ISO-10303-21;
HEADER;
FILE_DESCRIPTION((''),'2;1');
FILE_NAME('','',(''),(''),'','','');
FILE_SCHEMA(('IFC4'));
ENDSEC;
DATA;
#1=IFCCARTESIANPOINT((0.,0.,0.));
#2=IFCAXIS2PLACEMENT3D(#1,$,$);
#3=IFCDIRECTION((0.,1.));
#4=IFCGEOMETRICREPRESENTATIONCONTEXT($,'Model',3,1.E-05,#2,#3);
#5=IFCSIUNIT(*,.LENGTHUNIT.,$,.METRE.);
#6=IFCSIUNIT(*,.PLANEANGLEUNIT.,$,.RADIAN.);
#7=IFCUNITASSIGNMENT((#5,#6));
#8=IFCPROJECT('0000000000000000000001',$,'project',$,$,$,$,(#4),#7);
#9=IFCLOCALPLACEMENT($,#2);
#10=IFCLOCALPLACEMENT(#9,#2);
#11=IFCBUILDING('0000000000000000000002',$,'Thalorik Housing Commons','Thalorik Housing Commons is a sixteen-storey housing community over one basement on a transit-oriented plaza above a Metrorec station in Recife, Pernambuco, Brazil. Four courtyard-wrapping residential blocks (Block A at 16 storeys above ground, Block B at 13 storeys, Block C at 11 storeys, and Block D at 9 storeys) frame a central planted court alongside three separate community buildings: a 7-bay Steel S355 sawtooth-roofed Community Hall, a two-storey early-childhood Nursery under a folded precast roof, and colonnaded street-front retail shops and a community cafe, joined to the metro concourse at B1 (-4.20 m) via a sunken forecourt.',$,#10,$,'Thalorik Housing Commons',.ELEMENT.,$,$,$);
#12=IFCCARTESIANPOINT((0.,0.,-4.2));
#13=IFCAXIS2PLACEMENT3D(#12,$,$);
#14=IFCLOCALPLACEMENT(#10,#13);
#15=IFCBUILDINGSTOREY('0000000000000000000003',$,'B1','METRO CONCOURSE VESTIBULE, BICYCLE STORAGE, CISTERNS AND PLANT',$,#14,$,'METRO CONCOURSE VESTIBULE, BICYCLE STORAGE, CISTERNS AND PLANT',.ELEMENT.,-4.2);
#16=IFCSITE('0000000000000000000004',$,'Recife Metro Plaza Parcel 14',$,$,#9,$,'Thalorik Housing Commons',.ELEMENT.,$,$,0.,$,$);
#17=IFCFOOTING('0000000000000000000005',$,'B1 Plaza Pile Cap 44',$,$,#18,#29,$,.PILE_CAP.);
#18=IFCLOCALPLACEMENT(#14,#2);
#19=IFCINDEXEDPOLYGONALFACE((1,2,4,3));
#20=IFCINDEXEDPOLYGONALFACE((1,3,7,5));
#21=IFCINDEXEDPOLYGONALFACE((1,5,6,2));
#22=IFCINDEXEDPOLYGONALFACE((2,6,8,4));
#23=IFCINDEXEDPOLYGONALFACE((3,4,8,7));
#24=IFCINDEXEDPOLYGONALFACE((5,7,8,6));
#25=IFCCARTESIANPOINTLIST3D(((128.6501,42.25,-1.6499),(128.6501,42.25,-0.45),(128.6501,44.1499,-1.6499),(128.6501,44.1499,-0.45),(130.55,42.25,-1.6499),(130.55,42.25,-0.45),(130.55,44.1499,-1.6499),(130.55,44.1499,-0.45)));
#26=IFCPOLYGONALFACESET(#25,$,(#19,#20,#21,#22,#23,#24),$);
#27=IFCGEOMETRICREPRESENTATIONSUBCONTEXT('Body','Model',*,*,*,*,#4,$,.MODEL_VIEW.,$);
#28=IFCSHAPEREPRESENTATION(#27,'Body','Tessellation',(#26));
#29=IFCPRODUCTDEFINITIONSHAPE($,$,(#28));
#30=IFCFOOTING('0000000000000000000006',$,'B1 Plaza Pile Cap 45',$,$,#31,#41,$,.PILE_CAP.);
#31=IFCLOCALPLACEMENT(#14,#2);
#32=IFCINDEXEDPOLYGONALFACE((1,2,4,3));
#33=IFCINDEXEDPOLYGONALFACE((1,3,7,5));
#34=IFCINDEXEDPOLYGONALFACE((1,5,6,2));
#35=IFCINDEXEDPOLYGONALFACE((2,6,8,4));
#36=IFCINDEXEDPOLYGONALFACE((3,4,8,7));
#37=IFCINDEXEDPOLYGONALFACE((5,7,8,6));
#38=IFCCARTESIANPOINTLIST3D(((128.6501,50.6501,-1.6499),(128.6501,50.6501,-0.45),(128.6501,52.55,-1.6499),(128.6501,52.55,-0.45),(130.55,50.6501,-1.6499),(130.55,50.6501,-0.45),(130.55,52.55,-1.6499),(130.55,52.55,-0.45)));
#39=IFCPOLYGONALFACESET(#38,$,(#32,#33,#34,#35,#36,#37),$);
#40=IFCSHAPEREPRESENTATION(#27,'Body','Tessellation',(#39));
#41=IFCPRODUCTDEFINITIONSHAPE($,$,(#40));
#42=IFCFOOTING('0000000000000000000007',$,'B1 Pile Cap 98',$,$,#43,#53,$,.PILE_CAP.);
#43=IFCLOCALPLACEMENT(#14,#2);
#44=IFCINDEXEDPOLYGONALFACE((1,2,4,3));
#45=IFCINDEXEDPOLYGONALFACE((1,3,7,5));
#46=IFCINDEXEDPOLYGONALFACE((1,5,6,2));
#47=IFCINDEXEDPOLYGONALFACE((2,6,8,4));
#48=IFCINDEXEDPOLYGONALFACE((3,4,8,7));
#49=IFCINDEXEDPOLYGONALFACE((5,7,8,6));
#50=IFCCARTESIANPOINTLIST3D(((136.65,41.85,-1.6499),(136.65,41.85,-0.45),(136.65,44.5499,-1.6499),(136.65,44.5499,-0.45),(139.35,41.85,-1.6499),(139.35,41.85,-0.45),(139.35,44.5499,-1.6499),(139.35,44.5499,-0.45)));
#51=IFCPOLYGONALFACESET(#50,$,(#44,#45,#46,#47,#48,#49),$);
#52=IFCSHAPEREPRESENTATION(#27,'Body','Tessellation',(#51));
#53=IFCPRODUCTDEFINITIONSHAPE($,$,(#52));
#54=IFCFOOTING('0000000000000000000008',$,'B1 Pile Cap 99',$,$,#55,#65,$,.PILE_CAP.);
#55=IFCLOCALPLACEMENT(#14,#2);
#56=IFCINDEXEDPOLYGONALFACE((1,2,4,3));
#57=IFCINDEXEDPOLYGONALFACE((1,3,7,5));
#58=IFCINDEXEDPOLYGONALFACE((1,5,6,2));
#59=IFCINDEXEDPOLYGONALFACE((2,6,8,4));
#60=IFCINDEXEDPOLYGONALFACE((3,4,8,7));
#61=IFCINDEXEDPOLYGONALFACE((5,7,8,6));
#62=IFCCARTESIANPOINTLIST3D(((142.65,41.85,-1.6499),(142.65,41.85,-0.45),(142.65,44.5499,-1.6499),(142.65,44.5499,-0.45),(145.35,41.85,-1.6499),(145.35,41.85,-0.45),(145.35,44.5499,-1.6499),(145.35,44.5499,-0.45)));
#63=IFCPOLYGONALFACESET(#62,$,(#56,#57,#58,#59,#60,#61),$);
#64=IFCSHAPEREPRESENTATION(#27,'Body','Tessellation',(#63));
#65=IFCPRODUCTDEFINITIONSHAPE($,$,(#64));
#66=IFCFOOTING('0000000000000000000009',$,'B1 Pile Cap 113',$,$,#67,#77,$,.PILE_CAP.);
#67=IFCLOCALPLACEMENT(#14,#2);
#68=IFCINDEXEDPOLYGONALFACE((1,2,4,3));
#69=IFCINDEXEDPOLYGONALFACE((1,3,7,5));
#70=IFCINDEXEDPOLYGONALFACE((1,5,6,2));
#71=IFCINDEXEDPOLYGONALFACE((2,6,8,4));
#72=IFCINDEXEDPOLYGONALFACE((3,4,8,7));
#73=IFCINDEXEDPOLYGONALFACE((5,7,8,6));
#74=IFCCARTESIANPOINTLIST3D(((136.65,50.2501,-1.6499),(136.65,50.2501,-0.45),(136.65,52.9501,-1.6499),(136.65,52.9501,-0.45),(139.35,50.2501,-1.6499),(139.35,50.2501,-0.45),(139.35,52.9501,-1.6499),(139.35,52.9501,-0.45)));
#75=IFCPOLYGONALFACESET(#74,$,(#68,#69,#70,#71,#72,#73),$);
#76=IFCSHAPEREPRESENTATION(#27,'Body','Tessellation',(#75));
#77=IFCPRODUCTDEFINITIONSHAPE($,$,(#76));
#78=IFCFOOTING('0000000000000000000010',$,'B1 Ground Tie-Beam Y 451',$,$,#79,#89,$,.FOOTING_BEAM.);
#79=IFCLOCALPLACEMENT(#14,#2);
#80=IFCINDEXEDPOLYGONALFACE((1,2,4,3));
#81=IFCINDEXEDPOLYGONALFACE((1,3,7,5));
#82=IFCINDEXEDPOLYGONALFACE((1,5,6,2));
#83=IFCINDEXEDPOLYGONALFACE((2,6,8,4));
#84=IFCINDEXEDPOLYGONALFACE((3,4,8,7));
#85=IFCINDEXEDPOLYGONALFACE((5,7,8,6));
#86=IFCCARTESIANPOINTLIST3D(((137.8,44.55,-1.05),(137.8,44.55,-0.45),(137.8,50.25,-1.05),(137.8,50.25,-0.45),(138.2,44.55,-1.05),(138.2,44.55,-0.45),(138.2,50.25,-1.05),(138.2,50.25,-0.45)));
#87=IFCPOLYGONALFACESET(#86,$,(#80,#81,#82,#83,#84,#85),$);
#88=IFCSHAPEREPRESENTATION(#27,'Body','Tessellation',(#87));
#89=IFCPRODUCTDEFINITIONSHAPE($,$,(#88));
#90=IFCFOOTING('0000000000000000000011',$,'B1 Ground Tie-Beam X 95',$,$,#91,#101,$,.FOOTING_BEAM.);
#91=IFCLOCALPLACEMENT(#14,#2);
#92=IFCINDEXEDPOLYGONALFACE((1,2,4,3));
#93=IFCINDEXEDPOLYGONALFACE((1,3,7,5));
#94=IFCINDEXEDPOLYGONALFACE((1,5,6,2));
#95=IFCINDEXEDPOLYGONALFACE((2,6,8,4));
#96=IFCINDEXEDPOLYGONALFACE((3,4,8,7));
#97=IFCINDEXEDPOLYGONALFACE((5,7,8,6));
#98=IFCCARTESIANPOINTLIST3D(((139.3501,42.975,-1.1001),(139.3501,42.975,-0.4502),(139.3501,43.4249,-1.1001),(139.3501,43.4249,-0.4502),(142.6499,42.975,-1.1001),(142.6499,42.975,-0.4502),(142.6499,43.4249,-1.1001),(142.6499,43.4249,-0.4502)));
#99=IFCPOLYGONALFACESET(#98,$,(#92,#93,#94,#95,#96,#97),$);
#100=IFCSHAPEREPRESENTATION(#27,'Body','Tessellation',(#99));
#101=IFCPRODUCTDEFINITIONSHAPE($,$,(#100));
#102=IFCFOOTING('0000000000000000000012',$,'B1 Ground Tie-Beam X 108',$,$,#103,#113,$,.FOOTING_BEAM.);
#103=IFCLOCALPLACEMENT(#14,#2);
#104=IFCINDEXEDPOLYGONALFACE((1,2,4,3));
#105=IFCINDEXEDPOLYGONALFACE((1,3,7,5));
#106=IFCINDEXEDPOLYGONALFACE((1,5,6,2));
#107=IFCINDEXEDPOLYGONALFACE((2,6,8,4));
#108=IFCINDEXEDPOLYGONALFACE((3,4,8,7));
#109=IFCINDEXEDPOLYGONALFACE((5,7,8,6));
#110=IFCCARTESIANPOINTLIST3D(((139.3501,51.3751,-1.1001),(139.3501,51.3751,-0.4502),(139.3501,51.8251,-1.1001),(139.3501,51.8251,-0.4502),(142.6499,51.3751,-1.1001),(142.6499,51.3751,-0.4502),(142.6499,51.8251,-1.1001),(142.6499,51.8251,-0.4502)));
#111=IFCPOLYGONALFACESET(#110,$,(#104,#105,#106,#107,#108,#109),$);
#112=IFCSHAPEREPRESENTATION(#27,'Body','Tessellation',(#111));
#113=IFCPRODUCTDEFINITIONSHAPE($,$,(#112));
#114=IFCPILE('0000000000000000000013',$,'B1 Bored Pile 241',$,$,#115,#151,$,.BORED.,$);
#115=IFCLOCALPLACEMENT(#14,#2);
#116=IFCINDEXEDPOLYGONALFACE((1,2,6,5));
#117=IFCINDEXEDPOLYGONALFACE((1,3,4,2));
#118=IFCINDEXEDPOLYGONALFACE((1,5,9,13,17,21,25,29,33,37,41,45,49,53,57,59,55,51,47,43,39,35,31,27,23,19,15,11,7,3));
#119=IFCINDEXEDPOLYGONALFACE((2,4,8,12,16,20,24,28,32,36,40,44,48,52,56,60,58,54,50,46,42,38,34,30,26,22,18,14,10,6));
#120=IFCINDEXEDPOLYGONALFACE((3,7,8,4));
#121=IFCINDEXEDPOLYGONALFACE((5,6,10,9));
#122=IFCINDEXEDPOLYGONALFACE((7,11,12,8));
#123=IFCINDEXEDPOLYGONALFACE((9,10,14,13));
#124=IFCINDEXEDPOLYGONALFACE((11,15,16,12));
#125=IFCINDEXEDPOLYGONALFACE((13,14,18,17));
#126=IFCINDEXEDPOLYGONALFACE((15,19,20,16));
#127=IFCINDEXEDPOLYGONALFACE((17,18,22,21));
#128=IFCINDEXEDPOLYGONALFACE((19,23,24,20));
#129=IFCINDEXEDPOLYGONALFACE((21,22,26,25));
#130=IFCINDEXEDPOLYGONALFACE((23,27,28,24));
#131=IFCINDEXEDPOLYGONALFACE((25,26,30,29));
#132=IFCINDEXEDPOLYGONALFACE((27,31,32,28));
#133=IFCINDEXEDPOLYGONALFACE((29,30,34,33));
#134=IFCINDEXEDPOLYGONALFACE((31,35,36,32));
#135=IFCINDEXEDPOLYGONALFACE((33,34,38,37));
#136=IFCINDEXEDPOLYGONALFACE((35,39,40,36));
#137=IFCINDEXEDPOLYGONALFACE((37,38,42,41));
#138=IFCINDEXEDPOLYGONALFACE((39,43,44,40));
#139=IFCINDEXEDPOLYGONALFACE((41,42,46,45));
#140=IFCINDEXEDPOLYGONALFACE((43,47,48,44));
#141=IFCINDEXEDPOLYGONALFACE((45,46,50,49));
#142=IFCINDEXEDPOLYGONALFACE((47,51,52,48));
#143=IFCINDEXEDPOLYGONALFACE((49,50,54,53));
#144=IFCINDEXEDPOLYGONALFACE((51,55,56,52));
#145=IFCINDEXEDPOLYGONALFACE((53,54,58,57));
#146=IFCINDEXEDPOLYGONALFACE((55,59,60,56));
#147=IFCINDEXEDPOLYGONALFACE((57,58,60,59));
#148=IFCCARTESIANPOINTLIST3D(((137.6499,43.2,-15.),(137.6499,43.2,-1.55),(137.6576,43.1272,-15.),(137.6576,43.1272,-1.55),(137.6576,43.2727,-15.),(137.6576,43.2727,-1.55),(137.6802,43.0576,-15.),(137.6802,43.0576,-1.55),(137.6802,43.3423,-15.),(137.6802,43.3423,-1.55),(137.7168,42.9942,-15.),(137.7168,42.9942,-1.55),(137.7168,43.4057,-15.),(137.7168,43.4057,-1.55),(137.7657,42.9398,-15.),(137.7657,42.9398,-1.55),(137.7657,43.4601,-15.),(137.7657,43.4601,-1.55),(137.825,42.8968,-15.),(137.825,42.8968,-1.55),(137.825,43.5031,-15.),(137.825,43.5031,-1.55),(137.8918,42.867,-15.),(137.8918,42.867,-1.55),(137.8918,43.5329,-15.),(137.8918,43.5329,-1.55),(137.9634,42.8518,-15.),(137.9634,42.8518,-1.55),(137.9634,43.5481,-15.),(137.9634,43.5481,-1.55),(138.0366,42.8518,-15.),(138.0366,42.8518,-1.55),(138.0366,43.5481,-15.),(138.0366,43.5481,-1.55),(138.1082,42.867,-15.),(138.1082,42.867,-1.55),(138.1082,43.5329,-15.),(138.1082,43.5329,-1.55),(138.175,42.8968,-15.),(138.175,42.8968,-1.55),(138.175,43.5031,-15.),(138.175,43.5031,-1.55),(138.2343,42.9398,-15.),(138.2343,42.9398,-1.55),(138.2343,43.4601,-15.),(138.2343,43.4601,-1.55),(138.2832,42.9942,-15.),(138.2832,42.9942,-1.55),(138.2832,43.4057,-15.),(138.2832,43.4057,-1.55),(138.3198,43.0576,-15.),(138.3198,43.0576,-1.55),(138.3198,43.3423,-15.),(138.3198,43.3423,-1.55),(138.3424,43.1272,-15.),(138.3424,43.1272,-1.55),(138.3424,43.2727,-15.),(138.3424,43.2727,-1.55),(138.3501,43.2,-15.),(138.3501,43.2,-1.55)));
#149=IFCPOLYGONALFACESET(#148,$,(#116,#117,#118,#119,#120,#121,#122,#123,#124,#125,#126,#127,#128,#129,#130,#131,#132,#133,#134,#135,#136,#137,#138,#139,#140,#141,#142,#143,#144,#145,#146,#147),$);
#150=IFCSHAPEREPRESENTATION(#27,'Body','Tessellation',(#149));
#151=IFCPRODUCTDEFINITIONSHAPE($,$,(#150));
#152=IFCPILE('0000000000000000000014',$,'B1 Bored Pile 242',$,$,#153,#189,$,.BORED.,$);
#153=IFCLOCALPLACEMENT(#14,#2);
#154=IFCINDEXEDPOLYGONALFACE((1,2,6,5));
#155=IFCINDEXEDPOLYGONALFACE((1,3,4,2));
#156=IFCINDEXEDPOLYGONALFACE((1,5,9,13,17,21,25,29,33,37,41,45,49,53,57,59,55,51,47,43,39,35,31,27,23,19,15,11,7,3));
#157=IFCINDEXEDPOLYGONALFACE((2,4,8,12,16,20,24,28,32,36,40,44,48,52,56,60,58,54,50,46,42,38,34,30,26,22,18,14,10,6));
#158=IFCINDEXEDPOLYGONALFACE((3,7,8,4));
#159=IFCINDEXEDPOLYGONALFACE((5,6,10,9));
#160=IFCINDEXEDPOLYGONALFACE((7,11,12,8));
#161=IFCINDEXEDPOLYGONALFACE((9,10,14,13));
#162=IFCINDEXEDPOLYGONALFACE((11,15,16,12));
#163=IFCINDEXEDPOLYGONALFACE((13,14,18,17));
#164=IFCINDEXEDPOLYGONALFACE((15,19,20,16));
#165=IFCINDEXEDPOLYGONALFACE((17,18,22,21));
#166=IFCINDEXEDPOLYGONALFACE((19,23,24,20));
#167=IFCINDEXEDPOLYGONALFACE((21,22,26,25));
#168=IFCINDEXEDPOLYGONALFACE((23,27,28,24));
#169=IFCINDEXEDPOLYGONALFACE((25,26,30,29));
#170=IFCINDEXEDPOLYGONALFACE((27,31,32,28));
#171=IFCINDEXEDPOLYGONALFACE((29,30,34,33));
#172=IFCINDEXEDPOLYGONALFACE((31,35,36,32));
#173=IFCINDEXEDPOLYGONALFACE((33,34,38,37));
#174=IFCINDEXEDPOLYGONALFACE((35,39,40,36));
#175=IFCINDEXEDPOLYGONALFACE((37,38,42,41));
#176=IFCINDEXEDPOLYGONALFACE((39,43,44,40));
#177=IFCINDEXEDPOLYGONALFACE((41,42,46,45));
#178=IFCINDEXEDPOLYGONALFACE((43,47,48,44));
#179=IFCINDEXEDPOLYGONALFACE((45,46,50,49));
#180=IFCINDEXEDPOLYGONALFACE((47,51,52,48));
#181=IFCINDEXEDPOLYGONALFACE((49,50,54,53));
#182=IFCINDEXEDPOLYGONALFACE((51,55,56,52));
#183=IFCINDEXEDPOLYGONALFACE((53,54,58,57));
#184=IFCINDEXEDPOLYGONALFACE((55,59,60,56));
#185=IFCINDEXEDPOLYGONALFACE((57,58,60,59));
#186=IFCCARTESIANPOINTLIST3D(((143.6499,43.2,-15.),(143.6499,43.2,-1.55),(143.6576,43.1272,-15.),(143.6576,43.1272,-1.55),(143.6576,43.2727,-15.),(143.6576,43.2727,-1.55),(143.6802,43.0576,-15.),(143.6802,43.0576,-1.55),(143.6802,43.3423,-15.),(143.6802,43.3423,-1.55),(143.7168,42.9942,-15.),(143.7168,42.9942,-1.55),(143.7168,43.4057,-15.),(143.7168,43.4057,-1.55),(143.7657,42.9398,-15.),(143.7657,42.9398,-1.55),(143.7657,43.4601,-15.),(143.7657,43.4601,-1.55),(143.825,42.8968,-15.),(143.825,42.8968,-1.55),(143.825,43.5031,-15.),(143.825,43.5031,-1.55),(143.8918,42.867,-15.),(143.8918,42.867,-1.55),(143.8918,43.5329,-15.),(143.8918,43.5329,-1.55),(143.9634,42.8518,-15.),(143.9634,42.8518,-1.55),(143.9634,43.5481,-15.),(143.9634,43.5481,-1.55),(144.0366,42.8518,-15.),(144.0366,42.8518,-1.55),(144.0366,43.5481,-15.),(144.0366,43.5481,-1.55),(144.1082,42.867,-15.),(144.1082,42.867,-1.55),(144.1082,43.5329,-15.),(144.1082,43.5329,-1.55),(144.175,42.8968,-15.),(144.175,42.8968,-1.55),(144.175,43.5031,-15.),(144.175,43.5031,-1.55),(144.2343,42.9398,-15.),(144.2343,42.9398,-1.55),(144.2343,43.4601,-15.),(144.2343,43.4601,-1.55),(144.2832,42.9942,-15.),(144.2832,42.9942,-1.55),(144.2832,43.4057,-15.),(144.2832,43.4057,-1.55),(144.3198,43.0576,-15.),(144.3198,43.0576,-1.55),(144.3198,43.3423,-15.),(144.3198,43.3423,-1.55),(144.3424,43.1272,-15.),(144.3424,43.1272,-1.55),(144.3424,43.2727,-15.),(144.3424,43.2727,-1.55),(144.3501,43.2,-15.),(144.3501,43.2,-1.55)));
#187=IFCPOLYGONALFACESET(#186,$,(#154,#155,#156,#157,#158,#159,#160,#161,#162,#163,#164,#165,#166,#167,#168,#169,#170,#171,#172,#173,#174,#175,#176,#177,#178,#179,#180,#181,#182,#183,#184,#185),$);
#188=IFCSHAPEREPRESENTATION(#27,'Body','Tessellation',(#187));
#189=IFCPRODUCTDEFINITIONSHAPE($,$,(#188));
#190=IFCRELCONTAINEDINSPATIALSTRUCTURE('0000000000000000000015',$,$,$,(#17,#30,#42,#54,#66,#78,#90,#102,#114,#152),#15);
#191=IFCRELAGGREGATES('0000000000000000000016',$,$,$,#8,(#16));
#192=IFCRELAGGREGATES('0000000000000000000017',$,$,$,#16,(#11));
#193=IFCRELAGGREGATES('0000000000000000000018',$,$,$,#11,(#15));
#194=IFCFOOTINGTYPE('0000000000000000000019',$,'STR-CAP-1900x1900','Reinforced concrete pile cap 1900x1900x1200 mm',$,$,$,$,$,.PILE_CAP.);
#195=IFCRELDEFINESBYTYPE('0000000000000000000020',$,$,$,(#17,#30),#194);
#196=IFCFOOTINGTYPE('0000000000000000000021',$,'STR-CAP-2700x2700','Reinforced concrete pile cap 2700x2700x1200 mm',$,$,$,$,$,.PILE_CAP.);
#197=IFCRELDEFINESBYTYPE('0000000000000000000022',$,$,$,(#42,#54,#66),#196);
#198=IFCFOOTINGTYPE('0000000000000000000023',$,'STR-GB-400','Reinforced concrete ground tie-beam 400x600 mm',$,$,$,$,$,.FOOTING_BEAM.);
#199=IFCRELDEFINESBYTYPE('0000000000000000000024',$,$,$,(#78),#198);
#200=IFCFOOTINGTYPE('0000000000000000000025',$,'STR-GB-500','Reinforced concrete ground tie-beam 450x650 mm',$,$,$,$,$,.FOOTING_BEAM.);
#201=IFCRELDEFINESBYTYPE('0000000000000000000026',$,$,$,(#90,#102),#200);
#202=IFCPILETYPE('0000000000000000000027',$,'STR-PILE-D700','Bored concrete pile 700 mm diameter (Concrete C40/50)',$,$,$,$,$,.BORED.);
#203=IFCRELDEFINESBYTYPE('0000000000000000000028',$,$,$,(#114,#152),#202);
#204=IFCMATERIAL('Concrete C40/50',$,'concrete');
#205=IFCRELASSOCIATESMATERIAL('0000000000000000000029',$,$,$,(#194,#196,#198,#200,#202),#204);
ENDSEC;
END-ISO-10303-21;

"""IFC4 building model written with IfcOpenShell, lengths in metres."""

from ifc_helpers import new_model, si_unit, direction, frame, origin, origin_2d, place, context, subcontext, project, spatial, rectangle, circle, extrude, material, material_profile, profile_set, type_object, element, save


model = new_model("IFC4")

# Units and contexts
model_context = context("Model", 3, precision=1e-05, world=origin(), true_north=direction((0.0, 1.0)))
body_context = subcontext(model_context, "Body", "Model", "MODEL_VIEW")
ifc_project = project(units=[si_unit("LENGTHUNIT", "METRE"), si_unit("PLANEANGLEUNIT", "RADIAN")], contexts=[model_context])

# Site, building, storey
site_placement = place(None, origin())
site = spatial("IfcSite", under=ifc_project, at=site_placement, Name="Recife Metro Plaza Parcel 14", LongName="Thalorik Housing Commons", CompositionType="ELEMENT", RefElevation=0.0)
building_placement = place(site_placement, origin())
building = spatial("IfcBuilding", under=site, at=building_placement, Name="Thalorik Housing Commons", Description="Thalorik Housing Commons is a sixteen-storey housing community over one basement on a transit-oriented plaza above a Metrorec station in Recife, Pernambuco, Brazil. Four courtyard-wrapping residential blocks (Block A at 16 storeys above ground, Block B at 13 storeys, Block C at 11 storeys, and Block D at 9 storeys) frame a central planted court alongside three separate community buildings: a 7-bay Steel S355 sawtooth-roofed Community Hall, a two-storey early-childhood Nursery under a folded precast roof, and colonnaded street-front retail shops and a community cafe, joined to the metro concourse at B1 (-4.20 m) via a sunken forecourt.", LongName="Thalorik Housing Commons", CompositionType="ELEMENT")
storey_placement = place(building_placement, frame((0.0, 0.0, -4.2)))
storey = spatial("IfcBuildingStorey", under=building, at=storey_placement, Name="B1", Description="METRO CONCOURSE VESTIBULE, BICYCLE STORAGE, CISTERNS AND PLANT", LongName="METRO CONCOURSE VESTIBULE, BICYCLE STORAGE, CISTERNS AND PLANT", CompositionType="ELEMENT", Elevation=-4.2)

# Footings
ifc_material_1 = material(Name="Concrete C40/50", Category="concrete")
footing_type_1 = type_object("IfcFootingType", Name="STR-CAP-1900x1900", Description="Reinforced concrete pile cap 1900x1900x1200 mm", PredefinedType="PILE_CAP", material=ifc_material_1)
for number, where, z_axis, x_axis, name in (
    (1, (129.6001, 43.2, -1.6499), (0.0, 0.0, 1.0), (1.0, 0.0, 0.0), "B1 Plaza Pile Cap 44"),
    (2, (129.6001, 51.6001, -1.6499), (0.0, 0.0, 1.0), (1.0, 0.0, 0.0), "B1 Plaza Pile Cap 45"),
):
    element("IfcFooting", number, at=place(storey_placement, frame(where, z_axis=z_axis, x_axis=x_axis)), inside=storey, type_object=footing_type_1, Name=name, PredefinedType="PILE_CAP", context=body_context, shape_type="SweptSolid", body=[
        extrude(rectangle(XDim=1.8999, YDim=1.8999, at=origin_2d()), origin(), (0.0, 0.0, 1.0), 1.2),
    ])
footing_type_2 = type_object("IfcFootingType", Name="STR-CAP-2700x2700", Description="Reinforced concrete pile cap 2700x2700x1200 mm", PredefinedType="PILE_CAP", material=ifc_material_1)
for number, where, z_axis, x_axis, name in (
    (3, (138.0, 43.2, -1.6499), (0.0, 0.0, 1.0), (1.0, 0.0, 0.0), "B1 Pile Cap 98"),
    (4, (144.0, 43.2, -1.6499), (0.0, 0.0, 1.0), (1.0, 0.0, 0.0), "B1 Pile Cap 99"),
    (5, (138.0, 51.6001, -1.6499), (0.0, 0.0, 1.0), (1.0, 0.0, 0.0), "B1 Pile Cap 113"),
):
    element("IfcFooting", number, at=place(storey_placement, frame(where, z_axis=z_axis, x_axis=x_axis)), inside=storey, type_object=footing_type_2, Name=name, PredefinedType="PILE_CAP", context=body_context, shape_type="SweptSolid", body=[
        extrude(rectangle(XDim=2.7, YDim=2.7, at=origin_2d()), origin(), (0.0, 0.0, 1.0), 1.2),
    ])
ifc_material_profile_1 = material_profile(ifc_material_1, rectangle(XDim=0.3999, YDim=0.6001, at=origin_2d()), Name="RC 400x600", Category="concrete")
ifc_profile_set_1 = profile_set([ifc_material_profile_1], Name="Concrete C40/50")
footing_type_3 = type_object("IfcFootingType", Name="STR-GB-400", Description="Reinforced concrete ground tie-beam 400x600 mm", PredefinedType="FOOTING_BEAM", material=ifc_profile_set_1)
footing_placement = place(storey_placement, frame((138.0, 44.55, -0.75), z_axis=(0.0, 1.0, 0.0), x_axis=(-1.0, 0.0, 0.0)))
element("IfcFooting", 6, at=footing_placement, inside=storey, type_object=footing_type_3, Name="B1 Ground Tie-Beam Y 451", PredefinedType="FOOTING_BEAM", context=body_context, shape_type="SweptSolid", body=[
    extrude(rectangle(XDim=0.3999, YDim=0.6001, at=origin_2d()), origin(), (0.0, 0.0, 1.0), 5.7),
])
ifc_material_profile_2 = material_profile(ifc_material_1, rectangle(XDim=0.45, YDim=0.6499, at=origin_2d()), Name="RC 450x650", Category="concrete")
ifc_profile_set_2 = profile_set([ifc_material_profile_2], Name="Concrete C40/50")
footing_type_4 = type_object("IfcFootingType", Name="STR-GB-500", Description="Reinforced concrete ground tie-beam 450x650 mm", PredefinedType="FOOTING_BEAM", material=ifc_profile_set_2)
for number, where, z_axis, x_axis, name in (
    (7, (139.3501, 43.2, -0.7751), (1.0, 0.0, 0.0), (0.0, 1.0, 0.0), "B1 Ground Tie-Beam X 95"),
    (8, (139.3501, 51.6001, -0.7751), (1.0, 0.0, 0.0), (0.0, 1.0, 0.0), "B1 Ground Tie-Beam X 108"),
):
    element("IfcFooting", number, at=place(storey_placement, frame(where, z_axis=z_axis, x_axis=x_axis)), inside=storey, type_object=footing_type_4, Name=name, PredefinedType="FOOTING_BEAM", context=body_context, shape_type="SweptSolid", body=[
        extrude(rectangle(XDim=0.45, YDim=0.6499, at=origin_2d()), origin(), (0.0, 0.0, 1.0), 3.2998),
    ])

# Piles
ifc_material_profile_3 = material_profile(ifc_material_1, circle(Radius=0.3501, at=origin_2d()), Name="BORED PILE D700", Category="concrete")
ifc_profile_set_3 = profile_set([ifc_material_profile_3], Name="Concrete C40/50")
pile_type = type_object("IfcPileType", Name="STR-PILE-D700", Description="Bored concrete pile 700 mm diameter (Concrete C40/50)", PredefinedType="BORED", material=ifc_profile_set_3)
for number, where, z_axis, x_axis, name in (
    (9, (138.0, 43.2, -1.55), (0.0, 0.0, -1.0), (1.0, 0.0, 0.0), "B1 Bored Pile 241"),
    (10, (144.0, 43.2, -1.55), (0.0, 0.0, -1.0), (1.0, 0.0, 0.0), "B1 Bored Pile 242"),
):
    element("IfcPile", number, at=place(storey_placement, frame(where, z_axis=z_axis, x_axis=x_axis)), inside=storey, type_object=pile_type, Name=name, PredefinedType="BORED", context=body_context, shape_type="SweptSolid", body=[
        extrude(circle(Radius=0.3501, at=origin_2d()), origin(), (0.0, 0.0, 1.0), 13.45),
    ])

save(model, "model.ifc")
